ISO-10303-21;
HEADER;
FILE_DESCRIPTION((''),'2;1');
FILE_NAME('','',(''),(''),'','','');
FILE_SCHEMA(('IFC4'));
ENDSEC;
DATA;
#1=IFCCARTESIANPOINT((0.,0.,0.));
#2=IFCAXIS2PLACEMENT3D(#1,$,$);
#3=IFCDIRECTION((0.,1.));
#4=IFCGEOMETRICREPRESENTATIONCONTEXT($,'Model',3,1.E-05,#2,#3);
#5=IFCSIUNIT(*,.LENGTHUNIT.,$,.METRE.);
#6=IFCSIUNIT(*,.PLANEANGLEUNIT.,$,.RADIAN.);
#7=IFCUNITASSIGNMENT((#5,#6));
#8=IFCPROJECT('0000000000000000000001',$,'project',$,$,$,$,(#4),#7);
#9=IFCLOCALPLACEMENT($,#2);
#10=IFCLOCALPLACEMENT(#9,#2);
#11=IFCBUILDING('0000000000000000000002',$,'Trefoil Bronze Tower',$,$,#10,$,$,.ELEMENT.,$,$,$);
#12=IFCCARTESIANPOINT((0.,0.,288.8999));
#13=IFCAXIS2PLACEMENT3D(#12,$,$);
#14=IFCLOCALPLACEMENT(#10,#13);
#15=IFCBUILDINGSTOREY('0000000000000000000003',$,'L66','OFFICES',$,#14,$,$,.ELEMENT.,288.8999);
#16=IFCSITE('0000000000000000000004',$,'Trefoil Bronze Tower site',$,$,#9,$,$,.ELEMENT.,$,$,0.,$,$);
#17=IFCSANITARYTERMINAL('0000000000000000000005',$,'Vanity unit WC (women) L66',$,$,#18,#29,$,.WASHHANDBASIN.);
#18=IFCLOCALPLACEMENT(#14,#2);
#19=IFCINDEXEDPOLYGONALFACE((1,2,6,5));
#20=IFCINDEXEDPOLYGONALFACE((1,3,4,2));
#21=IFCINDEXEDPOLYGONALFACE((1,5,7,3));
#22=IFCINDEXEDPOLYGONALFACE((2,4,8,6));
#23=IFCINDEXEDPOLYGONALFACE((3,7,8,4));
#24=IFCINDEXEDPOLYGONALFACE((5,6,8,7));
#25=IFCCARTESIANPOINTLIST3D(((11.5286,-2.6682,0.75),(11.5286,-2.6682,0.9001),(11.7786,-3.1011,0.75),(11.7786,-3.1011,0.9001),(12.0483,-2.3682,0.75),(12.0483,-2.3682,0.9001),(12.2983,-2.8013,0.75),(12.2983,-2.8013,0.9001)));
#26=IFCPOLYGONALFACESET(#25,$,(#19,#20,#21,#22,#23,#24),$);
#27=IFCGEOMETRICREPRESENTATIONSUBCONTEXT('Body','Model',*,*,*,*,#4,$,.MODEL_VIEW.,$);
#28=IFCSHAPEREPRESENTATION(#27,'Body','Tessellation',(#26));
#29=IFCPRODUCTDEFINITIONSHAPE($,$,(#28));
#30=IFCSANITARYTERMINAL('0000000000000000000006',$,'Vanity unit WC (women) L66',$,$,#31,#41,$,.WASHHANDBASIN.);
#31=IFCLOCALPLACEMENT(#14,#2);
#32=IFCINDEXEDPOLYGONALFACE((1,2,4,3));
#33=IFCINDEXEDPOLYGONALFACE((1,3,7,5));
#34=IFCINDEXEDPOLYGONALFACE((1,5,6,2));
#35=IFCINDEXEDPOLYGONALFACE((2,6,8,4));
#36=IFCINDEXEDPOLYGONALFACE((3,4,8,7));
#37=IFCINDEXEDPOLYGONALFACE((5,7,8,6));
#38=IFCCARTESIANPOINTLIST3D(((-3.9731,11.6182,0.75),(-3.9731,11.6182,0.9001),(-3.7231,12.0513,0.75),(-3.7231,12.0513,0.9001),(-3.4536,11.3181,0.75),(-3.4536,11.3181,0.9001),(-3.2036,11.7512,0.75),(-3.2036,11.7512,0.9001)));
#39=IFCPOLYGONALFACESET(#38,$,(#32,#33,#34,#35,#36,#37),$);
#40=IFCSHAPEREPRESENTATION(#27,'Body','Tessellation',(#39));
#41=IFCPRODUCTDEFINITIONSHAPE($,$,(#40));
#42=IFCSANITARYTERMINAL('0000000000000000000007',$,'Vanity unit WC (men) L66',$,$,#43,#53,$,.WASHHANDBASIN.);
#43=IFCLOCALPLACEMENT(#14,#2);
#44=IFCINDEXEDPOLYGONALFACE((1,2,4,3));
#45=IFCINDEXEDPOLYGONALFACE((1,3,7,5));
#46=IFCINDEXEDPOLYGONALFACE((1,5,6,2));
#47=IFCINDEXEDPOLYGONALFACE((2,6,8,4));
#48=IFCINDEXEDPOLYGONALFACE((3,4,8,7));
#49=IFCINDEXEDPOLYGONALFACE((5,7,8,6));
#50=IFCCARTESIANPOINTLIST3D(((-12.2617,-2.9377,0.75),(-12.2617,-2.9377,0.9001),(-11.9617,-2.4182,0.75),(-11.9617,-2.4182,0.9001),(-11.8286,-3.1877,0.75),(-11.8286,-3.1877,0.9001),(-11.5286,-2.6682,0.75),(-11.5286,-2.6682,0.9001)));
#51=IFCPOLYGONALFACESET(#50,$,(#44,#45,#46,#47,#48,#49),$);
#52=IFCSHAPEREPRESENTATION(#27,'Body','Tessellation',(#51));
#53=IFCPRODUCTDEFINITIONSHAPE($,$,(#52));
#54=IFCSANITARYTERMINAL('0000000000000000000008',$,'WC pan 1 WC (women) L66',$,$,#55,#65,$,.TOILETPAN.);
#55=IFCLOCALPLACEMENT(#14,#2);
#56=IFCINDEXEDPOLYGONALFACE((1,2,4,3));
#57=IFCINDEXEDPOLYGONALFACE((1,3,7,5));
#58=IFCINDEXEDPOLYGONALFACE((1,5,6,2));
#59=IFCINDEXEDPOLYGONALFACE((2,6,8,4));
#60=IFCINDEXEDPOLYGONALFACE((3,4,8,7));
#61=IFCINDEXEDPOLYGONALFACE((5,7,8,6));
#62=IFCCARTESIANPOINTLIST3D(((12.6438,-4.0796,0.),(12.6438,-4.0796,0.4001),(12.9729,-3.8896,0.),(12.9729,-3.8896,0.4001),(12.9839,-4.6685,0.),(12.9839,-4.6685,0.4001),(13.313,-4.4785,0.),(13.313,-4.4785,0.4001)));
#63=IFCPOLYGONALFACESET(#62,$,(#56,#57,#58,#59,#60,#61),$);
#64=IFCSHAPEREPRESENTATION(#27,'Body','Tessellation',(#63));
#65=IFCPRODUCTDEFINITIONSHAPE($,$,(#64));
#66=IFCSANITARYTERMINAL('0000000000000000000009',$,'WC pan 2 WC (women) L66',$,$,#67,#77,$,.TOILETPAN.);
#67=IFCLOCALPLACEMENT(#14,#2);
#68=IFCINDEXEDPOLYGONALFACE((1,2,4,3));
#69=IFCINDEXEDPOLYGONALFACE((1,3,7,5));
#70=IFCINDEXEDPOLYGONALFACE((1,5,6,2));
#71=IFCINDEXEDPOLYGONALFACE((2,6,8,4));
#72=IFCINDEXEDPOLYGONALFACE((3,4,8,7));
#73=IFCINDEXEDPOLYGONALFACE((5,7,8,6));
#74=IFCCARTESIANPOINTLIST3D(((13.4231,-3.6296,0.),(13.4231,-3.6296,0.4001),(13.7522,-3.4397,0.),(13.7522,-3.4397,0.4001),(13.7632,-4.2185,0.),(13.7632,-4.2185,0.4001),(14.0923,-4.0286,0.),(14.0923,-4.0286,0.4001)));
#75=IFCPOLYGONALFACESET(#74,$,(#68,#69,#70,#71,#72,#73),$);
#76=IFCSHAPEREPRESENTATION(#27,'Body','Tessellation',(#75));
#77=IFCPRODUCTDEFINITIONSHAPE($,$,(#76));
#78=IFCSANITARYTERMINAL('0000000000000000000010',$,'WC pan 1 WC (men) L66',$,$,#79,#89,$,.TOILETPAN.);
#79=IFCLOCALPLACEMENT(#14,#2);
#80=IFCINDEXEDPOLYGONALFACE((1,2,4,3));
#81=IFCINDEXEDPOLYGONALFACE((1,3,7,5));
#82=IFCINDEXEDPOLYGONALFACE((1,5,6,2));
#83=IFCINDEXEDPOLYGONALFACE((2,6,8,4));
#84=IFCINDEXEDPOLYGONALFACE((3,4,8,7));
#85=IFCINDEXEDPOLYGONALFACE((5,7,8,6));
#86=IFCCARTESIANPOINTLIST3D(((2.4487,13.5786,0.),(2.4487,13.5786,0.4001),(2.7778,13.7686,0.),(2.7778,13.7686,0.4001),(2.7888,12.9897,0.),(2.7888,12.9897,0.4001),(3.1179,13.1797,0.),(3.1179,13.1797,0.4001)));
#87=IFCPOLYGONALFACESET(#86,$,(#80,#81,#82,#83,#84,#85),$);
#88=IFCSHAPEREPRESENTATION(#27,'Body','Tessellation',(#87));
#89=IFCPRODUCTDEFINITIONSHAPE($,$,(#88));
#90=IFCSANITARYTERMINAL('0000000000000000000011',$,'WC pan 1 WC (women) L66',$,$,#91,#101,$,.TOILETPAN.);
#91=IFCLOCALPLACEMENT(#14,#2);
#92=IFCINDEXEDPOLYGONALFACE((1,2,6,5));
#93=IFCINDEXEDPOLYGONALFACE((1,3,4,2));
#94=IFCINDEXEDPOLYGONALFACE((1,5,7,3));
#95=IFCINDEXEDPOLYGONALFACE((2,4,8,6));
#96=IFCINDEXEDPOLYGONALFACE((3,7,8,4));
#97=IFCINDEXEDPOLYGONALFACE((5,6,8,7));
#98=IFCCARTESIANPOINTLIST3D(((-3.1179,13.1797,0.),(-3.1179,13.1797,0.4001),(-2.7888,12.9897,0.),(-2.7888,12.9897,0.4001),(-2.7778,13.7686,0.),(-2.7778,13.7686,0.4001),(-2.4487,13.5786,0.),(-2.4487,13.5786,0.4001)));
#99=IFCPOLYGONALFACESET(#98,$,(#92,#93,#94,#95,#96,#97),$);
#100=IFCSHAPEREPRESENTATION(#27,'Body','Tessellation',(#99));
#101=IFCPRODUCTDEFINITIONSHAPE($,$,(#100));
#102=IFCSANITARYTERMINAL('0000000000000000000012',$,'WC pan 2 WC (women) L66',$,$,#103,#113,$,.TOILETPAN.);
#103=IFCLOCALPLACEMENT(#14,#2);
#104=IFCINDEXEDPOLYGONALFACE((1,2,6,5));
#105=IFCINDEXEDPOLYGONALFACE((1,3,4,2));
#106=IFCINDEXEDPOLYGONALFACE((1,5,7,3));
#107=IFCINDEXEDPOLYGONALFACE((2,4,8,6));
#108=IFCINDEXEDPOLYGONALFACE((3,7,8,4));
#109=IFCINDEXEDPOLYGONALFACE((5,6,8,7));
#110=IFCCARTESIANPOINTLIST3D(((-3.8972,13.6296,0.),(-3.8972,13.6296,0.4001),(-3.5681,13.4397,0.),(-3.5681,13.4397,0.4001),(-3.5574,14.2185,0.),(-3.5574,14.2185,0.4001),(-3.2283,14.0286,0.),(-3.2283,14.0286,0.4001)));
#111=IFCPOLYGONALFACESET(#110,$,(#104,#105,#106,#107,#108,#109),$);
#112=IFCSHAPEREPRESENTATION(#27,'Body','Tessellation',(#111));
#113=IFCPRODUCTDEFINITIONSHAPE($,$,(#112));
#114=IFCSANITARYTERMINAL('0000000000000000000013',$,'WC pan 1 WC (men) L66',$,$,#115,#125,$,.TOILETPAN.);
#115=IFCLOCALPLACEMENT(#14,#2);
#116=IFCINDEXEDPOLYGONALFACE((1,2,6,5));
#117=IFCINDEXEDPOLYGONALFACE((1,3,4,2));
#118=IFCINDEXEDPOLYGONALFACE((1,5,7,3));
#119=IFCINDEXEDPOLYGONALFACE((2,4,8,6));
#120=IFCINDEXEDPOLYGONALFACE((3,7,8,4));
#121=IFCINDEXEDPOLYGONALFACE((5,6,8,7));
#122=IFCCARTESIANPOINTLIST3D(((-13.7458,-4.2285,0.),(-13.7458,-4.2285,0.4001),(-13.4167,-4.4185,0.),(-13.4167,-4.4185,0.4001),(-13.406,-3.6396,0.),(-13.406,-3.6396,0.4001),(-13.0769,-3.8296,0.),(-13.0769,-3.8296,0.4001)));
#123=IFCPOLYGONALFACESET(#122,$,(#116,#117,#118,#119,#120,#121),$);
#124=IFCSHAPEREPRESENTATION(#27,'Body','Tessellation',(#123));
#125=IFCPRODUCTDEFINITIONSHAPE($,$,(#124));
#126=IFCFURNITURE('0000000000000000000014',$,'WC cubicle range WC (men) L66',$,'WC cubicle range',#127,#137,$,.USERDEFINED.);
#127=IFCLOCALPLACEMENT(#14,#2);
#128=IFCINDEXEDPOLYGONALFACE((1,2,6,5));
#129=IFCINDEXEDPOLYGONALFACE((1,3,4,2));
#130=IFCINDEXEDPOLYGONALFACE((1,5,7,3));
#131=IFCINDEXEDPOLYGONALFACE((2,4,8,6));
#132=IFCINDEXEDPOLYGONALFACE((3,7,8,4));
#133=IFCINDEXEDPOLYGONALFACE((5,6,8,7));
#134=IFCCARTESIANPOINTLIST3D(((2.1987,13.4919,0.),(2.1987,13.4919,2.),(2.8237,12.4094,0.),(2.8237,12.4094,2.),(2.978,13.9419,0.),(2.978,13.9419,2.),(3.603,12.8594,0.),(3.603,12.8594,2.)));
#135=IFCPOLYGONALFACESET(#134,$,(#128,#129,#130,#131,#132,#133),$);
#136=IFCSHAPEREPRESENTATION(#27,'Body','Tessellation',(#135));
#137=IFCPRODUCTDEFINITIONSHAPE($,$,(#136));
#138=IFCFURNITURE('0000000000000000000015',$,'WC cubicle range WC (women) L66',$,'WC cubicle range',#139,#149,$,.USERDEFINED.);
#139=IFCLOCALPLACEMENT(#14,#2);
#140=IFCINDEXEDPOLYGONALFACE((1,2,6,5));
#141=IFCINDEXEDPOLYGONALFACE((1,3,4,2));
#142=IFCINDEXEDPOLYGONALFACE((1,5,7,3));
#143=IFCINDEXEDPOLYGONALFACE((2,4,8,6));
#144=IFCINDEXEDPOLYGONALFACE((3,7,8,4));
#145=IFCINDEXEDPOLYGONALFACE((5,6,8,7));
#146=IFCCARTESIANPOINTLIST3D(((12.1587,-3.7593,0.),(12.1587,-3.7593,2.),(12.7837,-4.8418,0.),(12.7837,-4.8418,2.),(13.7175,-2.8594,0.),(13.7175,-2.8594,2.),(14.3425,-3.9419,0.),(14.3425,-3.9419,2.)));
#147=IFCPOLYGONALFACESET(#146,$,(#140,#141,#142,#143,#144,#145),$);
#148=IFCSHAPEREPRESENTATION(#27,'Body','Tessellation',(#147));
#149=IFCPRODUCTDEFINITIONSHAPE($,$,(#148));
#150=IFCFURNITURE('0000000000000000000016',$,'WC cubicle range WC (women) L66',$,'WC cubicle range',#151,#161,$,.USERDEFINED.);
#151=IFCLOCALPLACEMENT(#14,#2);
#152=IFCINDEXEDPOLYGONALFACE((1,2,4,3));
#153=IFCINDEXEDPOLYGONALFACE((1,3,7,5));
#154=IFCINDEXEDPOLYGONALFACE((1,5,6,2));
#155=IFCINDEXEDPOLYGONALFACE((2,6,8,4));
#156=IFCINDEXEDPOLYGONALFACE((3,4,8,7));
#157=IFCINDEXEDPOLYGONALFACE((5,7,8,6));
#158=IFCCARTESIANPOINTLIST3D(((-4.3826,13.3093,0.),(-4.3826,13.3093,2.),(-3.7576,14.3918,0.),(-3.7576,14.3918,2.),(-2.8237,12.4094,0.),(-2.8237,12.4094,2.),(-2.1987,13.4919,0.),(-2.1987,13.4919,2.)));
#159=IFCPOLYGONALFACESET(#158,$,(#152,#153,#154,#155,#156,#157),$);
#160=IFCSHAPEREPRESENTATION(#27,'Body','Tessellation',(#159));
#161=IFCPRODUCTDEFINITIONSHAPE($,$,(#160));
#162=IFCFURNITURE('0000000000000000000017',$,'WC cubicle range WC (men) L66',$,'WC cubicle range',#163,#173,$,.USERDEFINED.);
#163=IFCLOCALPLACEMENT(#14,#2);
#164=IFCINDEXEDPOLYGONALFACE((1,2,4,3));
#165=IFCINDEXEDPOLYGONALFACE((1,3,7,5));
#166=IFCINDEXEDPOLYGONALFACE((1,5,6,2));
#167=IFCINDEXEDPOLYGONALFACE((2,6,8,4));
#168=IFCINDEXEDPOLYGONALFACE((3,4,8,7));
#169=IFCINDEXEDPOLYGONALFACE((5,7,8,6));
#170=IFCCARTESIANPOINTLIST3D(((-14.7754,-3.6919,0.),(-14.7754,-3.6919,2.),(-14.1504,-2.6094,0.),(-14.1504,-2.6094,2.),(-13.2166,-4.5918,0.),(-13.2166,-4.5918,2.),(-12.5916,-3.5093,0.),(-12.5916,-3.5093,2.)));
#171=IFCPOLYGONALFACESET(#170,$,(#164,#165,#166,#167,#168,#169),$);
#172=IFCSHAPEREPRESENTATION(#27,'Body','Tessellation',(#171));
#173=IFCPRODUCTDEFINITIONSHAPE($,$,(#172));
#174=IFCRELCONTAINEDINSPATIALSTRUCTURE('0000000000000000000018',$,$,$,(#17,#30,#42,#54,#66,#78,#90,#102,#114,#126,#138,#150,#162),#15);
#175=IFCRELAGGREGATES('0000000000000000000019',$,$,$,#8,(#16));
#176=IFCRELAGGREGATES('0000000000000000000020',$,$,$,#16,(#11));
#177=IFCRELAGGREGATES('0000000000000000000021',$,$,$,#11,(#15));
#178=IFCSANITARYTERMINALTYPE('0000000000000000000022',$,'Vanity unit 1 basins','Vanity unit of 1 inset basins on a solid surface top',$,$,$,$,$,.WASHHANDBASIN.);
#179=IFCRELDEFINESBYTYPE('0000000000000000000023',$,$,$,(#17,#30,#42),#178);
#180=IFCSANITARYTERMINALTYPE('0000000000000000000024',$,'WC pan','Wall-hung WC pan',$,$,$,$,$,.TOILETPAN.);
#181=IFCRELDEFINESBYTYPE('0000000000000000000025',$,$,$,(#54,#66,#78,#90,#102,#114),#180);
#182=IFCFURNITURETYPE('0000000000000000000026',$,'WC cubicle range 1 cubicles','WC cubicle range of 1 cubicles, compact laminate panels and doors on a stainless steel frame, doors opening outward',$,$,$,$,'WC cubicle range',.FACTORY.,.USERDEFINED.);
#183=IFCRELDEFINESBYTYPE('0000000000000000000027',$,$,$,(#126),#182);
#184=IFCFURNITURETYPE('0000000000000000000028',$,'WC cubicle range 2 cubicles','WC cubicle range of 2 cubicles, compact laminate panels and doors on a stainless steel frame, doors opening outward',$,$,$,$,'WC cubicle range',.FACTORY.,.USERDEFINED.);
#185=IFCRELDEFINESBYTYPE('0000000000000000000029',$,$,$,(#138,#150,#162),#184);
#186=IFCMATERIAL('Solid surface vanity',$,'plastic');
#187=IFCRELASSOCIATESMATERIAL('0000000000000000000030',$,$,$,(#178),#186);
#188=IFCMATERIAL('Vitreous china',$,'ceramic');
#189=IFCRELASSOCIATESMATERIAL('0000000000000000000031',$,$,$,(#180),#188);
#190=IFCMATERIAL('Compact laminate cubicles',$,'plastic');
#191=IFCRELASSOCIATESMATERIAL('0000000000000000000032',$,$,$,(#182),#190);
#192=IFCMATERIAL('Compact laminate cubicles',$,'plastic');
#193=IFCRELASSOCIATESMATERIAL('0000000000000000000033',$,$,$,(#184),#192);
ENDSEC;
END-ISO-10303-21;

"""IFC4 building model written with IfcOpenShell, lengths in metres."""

from ifc_helpers import new_model, si_unit, direction, frame, origin, place, context, subcontext, project, spatial, polyline, outline, extrude, material, type_object, element, save


model = new_model("IFC4")

# Units and contexts
model_context = context("Model", 3, precision=1e-05, world=origin(), true_north=direction((0.0, 1.0)))
body_context = subcontext(model_context, "Body", "Model", "MODEL_VIEW")
ifc_project = project(units=[si_unit("LENGTHUNIT", "METRE"), si_unit("PLANEANGLEUNIT", "RADIAN")], contexts=[model_context])

# Site, building, storey
site_placement = place(None, origin())
site = spatial("IfcSite", under=ifc_project, at=site_placement, Name="Trefoil Bronze Tower site", CompositionType="ELEMENT", RefElevation=0.0)
building_placement = place(site_placement, origin())
building = spatial("IfcBuilding", under=site, at=building_placement, Name="Trefoil Bronze Tower", CompositionType="ELEMENT")
storey_placement = place(building_placement, frame((0.0, 0.0, 288.8999)))
storey = spatial("IfcBuildingStorey", under=building, at=storey_placement, Name="L66", Description="OFFICES", CompositionType="ELEMENT", Elevation=288.8999)

# Sanitary terminals
ifc_material_1 = material(Name="Solid surface vanity", Category="plastic")
sanitary_terminal_type_1 = type_object("IfcSanitaryTerminalType", Name="Vanity unit 1 basins", Description="Vanity unit of 1 inset basins on a solid surface top", PredefinedType="WASHHANDBASIN", material=ifc_material_1)
sanitary_terminal_1_placement = place(storey_placement, frame((0.0, 0.0, 0.75)))
element("IfcSanitaryTerminal", 1, at=sanitary_terminal_1_placement, inside=storey, type_object=sanitary_terminal_type_1, Name="Vanity unit WC (women) L66", PredefinedType="WASHHANDBASIN", context=body_context, shape_type="SweptSolid", body=[
    extrude(outline(polyline([(11.5286, -2.6682), (11.7786, -3.1011), (12.2983, -2.8013), (12.0483, -2.3682), (11.5286, -2.6682)])), origin(), (0.0, 0.0, 1.0), 0.1501),
])
sanitary_terminal_2_placement = place(storey_placement, frame((0.0, 0.0, 0.75)))
element("IfcSanitaryTerminal", 2, at=sanitary_terminal_2_placement, inside=storey, type_object=sanitary_terminal_type_1, Name="Vanity unit WC (women) L66", PredefinedType="WASHHANDBASIN", context=body_context, shape_type="SweptSolid", body=[
    extrude(outline(polyline([(-3.4536, 11.3181), (-3.2036, 11.7512), (-3.7231, 12.0513), (-3.9731, 11.6182), (-3.4536, 11.3181)])), origin(), (0.0, 0.0, 1.0), 0.1501),
])
sanitary_terminal_3_placement = place(storey_placement, frame((0.0, 0.0, 0.75)))
element("IfcSanitaryTerminal", 3, at=sanitary_terminal_3_placement, inside=storey, type_object=sanitary_terminal_type_1, Name="Vanity unit WC (men) L66", PredefinedType="WASHHANDBASIN", context=body_context, shape_type="SweptSolid", body=[
    extrude(outline(polyline([(-11.5286, -2.6682), (-11.8286, -3.1877), (-12.2617, -2.9377), (-11.9617, -2.4182), (-11.5286, -2.6682)])), origin(), (0.0, 0.0, 1.0), 0.1501),
])
ifc_material_2 = material(Name="Vitreous china", Category="ceramic")
sanitary_terminal_type_2 = type_object("IfcSanitaryTerminalType", Name="WC pan", Description="Wall-hung WC pan", PredefinedType="TOILETPAN", material=ifc_material_2)
sanitary_terminal_4_placement = place(storey_placement, origin())
element("IfcSanitaryTerminal", 4, at=sanitary_terminal_4_placement, inside=storey, type_object=sanitary_terminal_type_2, Name="WC pan 1 WC (women) L66", PredefinedType="TOILETPAN", context=body_context, shape_type="SweptSolid", body=[
    extrude(outline(polyline([(12.6438, -4.0796), (12.9839, -4.6685), (13.313, -4.4785), (12.9729, -3.8896), (12.6438, -4.0796)])), origin(), (0.0, 0.0, 1.0), 0.4001),
])
sanitary_terminal_5_placement = place(storey_placement, origin())
element("IfcSanitaryTerminal", 5, at=sanitary_terminal_5_placement, inside=storey, type_object=sanitary_terminal_type_2, Name="WC pan 2 WC (women) L66", PredefinedType="TOILETPAN", context=body_context, shape_type="SweptSolid", body=[
    extrude(outline(polyline([(13.4231, -3.6296), (13.7632, -4.2185), (14.0923, -4.0286), (13.7522, -3.4397), (13.4231, -3.6296)])), origin(), (0.0, 0.0, 1.0), 0.4001),
])
sanitary_terminal_6_placement = place(storey_placement, origin())
element("IfcSanitaryTerminal", 6, at=sanitary_terminal_6_placement, inside=storey, type_object=sanitary_terminal_type_2, Name="WC pan 1 WC (men) L66", PredefinedType="TOILETPAN", context=body_context, shape_type="SweptSolid", body=[
    extrude(outline(polyline([(2.7888, 12.9897), (2.4487, 13.5786), (2.7778, 13.7686), (3.1179, 13.1797), (2.7888, 12.9897)])), origin(), (0.0, 0.0, 1.0), 0.4001),
])
sanitary_terminal_7_placement = place(storey_placement, origin())
element("IfcSanitaryTerminal", 7, at=sanitary_terminal_7_placement, inside=storey, type_object=sanitary_terminal_type_2, Name="WC pan 1 WC (women) L66", PredefinedType="TOILETPAN", context=body_context, shape_type="SweptSolid", body=[
    extrude(outline(polyline([(-2.7888, 12.9897), (-2.4487, 13.5786), (-2.7778, 13.7686), (-3.1179, 13.1797), (-2.7888, 12.9897)])), origin(), (0.0, 0.0, 1.0), 0.4001),
])
sanitary_terminal_8_placement = place(storey_placement, origin())
element("IfcSanitaryTerminal", 8, at=sanitary_terminal_8_placement, inside=storey, type_object=sanitary_terminal_type_2, Name="WC pan 2 WC (women) L66", PredefinedType="TOILETPAN", context=body_context, shape_type="SweptSolid", body=[
    extrude(outline(polyline([(-3.5681, 13.4397), (-3.2283, 14.0286), (-3.5574, 14.2185), (-3.8972, 13.6296), (-3.5681, 13.4397)])), origin(), (0.0, 0.0, 1.0), 0.4001),
])
sanitary_terminal_9_placement = place(storey_placement, origin())
element("IfcSanitaryTerminal", 9, at=sanitary_terminal_9_placement, inside=storey, type_object=sanitary_terminal_type_2, Name="WC pan 1 WC (men) L66", PredefinedType="TOILETPAN", context=body_context, shape_type="SweptSolid", body=[
    extrude(outline(polyline([(-13.0769, -3.8296), (-13.4167, -4.4185), (-13.7458, -4.2285), (-13.406, -3.6396), (-13.0769, -3.8296)])), origin(), (0.0, 0.0, 1.0), 0.4001),
])

# Furniture
ifc_material_3 = material(Name="Compact laminate cubicles", Category="plastic")
furniture_type_1 = type_object("IfcFurnitureType", Name="WC cubicle range 1 cubicles", Description="WC cubicle range of 1 cubicles, compact laminate panels and doors on a stainless steel frame, doors opening outward", ElementType="WC cubicle range", AssemblyPlace="FACTORY", PredefinedType="USERDEFINED", material=ifc_material_3)
furniture_1_placement = place(storey_placement, origin())
element("IfcFurniture", 10, at=furniture_1_placement, inside=storey, type_object=furniture_type_1, Name="WC cubicle range WC (men) L66", ObjectType="WC cubicle range", PredefinedType="USERDEFINED", context=body_context, shape_type="SweptSolid", body=[
    extrude(outline(polyline([(2.8237, 12.4094), (2.1987, 13.4919), (2.978, 13.9419), (3.603, 12.8594), (2.8237, 12.4094)])), origin(), (0.0, 0.0, 1.0), 2.0),
])
ifc_material_4 = material(Name="Compact laminate cubicles", Category="plastic")
furniture_type_2 = type_object("IfcFurnitureType", Name="WC cubicle range 2 cubicles", Description="WC cubicle range of 2 cubicles, compact laminate panels and doors on a stainless steel frame, doors opening outward", ElementType="WC cubicle range", AssemblyPlace="FACTORY", PredefinedType="USERDEFINED", material=ifc_material_4)
furniture_2_placement = place(storey_placement, origin())
element("IfcFurniture", 11, at=furniture_2_placement, inside=storey, type_object=furniture_type_2, Name="WC cubicle range WC (women) L66", ObjectType="WC cubicle range", PredefinedType="USERDEFINED", context=body_context, shape_type="SweptSolid", body=[
    extrude(outline(polyline([(12.1587, -3.7593), (12.7837, -4.8418), (14.3425, -3.9419), (13.7175, -2.8594), (12.1587, -3.7593)])), origin(), (0.0, 0.0, 1.0), 2.0),
])
furniture_3_placement = place(storey_placement, origin())
element("IfcFurniture", 12, at=furniture_3_placement, inside=storey, type_object=furniture_type_2, Name="WC cubicle range WC (women) L66", ObjectType="WC cubicle range", PredefinedType="USERDEFINED", context=body_context, shape_type="SweptSolid", body=[
    extrude(outline(polyline([(-2.8237, 12.4094), (-2.1987, 13.4919), (-3.7576, 14.3918), (-4.3826, 13.3093), (-2.8237, 12.4094)])), origin(), (0.0, 0.0, 1.0), 2.0),
])
furniture_4_placement = place(storey_placement, origin())
element("IfcFurniture", 13, at=furniture_4_placement, inside=storey, type_object=furniture_type_2, Name="WC cubicle range WC (men) L66", ObjectType="WC cubicle range", PredefinedType="USERDEFINED", context=body_context, shape_type="SweptSolid", body=[
    extrude(outline(polyline([(-12.5916, -3.5093), (-13.2166, -4.5918), (-14.7754, -3.6919), (-14.1504, -2.6094), (-12.5916, -3.5093)])), origin(), (0.0, 0.0, 1.0), 2.0),
])

save(model, "model.ifc")
